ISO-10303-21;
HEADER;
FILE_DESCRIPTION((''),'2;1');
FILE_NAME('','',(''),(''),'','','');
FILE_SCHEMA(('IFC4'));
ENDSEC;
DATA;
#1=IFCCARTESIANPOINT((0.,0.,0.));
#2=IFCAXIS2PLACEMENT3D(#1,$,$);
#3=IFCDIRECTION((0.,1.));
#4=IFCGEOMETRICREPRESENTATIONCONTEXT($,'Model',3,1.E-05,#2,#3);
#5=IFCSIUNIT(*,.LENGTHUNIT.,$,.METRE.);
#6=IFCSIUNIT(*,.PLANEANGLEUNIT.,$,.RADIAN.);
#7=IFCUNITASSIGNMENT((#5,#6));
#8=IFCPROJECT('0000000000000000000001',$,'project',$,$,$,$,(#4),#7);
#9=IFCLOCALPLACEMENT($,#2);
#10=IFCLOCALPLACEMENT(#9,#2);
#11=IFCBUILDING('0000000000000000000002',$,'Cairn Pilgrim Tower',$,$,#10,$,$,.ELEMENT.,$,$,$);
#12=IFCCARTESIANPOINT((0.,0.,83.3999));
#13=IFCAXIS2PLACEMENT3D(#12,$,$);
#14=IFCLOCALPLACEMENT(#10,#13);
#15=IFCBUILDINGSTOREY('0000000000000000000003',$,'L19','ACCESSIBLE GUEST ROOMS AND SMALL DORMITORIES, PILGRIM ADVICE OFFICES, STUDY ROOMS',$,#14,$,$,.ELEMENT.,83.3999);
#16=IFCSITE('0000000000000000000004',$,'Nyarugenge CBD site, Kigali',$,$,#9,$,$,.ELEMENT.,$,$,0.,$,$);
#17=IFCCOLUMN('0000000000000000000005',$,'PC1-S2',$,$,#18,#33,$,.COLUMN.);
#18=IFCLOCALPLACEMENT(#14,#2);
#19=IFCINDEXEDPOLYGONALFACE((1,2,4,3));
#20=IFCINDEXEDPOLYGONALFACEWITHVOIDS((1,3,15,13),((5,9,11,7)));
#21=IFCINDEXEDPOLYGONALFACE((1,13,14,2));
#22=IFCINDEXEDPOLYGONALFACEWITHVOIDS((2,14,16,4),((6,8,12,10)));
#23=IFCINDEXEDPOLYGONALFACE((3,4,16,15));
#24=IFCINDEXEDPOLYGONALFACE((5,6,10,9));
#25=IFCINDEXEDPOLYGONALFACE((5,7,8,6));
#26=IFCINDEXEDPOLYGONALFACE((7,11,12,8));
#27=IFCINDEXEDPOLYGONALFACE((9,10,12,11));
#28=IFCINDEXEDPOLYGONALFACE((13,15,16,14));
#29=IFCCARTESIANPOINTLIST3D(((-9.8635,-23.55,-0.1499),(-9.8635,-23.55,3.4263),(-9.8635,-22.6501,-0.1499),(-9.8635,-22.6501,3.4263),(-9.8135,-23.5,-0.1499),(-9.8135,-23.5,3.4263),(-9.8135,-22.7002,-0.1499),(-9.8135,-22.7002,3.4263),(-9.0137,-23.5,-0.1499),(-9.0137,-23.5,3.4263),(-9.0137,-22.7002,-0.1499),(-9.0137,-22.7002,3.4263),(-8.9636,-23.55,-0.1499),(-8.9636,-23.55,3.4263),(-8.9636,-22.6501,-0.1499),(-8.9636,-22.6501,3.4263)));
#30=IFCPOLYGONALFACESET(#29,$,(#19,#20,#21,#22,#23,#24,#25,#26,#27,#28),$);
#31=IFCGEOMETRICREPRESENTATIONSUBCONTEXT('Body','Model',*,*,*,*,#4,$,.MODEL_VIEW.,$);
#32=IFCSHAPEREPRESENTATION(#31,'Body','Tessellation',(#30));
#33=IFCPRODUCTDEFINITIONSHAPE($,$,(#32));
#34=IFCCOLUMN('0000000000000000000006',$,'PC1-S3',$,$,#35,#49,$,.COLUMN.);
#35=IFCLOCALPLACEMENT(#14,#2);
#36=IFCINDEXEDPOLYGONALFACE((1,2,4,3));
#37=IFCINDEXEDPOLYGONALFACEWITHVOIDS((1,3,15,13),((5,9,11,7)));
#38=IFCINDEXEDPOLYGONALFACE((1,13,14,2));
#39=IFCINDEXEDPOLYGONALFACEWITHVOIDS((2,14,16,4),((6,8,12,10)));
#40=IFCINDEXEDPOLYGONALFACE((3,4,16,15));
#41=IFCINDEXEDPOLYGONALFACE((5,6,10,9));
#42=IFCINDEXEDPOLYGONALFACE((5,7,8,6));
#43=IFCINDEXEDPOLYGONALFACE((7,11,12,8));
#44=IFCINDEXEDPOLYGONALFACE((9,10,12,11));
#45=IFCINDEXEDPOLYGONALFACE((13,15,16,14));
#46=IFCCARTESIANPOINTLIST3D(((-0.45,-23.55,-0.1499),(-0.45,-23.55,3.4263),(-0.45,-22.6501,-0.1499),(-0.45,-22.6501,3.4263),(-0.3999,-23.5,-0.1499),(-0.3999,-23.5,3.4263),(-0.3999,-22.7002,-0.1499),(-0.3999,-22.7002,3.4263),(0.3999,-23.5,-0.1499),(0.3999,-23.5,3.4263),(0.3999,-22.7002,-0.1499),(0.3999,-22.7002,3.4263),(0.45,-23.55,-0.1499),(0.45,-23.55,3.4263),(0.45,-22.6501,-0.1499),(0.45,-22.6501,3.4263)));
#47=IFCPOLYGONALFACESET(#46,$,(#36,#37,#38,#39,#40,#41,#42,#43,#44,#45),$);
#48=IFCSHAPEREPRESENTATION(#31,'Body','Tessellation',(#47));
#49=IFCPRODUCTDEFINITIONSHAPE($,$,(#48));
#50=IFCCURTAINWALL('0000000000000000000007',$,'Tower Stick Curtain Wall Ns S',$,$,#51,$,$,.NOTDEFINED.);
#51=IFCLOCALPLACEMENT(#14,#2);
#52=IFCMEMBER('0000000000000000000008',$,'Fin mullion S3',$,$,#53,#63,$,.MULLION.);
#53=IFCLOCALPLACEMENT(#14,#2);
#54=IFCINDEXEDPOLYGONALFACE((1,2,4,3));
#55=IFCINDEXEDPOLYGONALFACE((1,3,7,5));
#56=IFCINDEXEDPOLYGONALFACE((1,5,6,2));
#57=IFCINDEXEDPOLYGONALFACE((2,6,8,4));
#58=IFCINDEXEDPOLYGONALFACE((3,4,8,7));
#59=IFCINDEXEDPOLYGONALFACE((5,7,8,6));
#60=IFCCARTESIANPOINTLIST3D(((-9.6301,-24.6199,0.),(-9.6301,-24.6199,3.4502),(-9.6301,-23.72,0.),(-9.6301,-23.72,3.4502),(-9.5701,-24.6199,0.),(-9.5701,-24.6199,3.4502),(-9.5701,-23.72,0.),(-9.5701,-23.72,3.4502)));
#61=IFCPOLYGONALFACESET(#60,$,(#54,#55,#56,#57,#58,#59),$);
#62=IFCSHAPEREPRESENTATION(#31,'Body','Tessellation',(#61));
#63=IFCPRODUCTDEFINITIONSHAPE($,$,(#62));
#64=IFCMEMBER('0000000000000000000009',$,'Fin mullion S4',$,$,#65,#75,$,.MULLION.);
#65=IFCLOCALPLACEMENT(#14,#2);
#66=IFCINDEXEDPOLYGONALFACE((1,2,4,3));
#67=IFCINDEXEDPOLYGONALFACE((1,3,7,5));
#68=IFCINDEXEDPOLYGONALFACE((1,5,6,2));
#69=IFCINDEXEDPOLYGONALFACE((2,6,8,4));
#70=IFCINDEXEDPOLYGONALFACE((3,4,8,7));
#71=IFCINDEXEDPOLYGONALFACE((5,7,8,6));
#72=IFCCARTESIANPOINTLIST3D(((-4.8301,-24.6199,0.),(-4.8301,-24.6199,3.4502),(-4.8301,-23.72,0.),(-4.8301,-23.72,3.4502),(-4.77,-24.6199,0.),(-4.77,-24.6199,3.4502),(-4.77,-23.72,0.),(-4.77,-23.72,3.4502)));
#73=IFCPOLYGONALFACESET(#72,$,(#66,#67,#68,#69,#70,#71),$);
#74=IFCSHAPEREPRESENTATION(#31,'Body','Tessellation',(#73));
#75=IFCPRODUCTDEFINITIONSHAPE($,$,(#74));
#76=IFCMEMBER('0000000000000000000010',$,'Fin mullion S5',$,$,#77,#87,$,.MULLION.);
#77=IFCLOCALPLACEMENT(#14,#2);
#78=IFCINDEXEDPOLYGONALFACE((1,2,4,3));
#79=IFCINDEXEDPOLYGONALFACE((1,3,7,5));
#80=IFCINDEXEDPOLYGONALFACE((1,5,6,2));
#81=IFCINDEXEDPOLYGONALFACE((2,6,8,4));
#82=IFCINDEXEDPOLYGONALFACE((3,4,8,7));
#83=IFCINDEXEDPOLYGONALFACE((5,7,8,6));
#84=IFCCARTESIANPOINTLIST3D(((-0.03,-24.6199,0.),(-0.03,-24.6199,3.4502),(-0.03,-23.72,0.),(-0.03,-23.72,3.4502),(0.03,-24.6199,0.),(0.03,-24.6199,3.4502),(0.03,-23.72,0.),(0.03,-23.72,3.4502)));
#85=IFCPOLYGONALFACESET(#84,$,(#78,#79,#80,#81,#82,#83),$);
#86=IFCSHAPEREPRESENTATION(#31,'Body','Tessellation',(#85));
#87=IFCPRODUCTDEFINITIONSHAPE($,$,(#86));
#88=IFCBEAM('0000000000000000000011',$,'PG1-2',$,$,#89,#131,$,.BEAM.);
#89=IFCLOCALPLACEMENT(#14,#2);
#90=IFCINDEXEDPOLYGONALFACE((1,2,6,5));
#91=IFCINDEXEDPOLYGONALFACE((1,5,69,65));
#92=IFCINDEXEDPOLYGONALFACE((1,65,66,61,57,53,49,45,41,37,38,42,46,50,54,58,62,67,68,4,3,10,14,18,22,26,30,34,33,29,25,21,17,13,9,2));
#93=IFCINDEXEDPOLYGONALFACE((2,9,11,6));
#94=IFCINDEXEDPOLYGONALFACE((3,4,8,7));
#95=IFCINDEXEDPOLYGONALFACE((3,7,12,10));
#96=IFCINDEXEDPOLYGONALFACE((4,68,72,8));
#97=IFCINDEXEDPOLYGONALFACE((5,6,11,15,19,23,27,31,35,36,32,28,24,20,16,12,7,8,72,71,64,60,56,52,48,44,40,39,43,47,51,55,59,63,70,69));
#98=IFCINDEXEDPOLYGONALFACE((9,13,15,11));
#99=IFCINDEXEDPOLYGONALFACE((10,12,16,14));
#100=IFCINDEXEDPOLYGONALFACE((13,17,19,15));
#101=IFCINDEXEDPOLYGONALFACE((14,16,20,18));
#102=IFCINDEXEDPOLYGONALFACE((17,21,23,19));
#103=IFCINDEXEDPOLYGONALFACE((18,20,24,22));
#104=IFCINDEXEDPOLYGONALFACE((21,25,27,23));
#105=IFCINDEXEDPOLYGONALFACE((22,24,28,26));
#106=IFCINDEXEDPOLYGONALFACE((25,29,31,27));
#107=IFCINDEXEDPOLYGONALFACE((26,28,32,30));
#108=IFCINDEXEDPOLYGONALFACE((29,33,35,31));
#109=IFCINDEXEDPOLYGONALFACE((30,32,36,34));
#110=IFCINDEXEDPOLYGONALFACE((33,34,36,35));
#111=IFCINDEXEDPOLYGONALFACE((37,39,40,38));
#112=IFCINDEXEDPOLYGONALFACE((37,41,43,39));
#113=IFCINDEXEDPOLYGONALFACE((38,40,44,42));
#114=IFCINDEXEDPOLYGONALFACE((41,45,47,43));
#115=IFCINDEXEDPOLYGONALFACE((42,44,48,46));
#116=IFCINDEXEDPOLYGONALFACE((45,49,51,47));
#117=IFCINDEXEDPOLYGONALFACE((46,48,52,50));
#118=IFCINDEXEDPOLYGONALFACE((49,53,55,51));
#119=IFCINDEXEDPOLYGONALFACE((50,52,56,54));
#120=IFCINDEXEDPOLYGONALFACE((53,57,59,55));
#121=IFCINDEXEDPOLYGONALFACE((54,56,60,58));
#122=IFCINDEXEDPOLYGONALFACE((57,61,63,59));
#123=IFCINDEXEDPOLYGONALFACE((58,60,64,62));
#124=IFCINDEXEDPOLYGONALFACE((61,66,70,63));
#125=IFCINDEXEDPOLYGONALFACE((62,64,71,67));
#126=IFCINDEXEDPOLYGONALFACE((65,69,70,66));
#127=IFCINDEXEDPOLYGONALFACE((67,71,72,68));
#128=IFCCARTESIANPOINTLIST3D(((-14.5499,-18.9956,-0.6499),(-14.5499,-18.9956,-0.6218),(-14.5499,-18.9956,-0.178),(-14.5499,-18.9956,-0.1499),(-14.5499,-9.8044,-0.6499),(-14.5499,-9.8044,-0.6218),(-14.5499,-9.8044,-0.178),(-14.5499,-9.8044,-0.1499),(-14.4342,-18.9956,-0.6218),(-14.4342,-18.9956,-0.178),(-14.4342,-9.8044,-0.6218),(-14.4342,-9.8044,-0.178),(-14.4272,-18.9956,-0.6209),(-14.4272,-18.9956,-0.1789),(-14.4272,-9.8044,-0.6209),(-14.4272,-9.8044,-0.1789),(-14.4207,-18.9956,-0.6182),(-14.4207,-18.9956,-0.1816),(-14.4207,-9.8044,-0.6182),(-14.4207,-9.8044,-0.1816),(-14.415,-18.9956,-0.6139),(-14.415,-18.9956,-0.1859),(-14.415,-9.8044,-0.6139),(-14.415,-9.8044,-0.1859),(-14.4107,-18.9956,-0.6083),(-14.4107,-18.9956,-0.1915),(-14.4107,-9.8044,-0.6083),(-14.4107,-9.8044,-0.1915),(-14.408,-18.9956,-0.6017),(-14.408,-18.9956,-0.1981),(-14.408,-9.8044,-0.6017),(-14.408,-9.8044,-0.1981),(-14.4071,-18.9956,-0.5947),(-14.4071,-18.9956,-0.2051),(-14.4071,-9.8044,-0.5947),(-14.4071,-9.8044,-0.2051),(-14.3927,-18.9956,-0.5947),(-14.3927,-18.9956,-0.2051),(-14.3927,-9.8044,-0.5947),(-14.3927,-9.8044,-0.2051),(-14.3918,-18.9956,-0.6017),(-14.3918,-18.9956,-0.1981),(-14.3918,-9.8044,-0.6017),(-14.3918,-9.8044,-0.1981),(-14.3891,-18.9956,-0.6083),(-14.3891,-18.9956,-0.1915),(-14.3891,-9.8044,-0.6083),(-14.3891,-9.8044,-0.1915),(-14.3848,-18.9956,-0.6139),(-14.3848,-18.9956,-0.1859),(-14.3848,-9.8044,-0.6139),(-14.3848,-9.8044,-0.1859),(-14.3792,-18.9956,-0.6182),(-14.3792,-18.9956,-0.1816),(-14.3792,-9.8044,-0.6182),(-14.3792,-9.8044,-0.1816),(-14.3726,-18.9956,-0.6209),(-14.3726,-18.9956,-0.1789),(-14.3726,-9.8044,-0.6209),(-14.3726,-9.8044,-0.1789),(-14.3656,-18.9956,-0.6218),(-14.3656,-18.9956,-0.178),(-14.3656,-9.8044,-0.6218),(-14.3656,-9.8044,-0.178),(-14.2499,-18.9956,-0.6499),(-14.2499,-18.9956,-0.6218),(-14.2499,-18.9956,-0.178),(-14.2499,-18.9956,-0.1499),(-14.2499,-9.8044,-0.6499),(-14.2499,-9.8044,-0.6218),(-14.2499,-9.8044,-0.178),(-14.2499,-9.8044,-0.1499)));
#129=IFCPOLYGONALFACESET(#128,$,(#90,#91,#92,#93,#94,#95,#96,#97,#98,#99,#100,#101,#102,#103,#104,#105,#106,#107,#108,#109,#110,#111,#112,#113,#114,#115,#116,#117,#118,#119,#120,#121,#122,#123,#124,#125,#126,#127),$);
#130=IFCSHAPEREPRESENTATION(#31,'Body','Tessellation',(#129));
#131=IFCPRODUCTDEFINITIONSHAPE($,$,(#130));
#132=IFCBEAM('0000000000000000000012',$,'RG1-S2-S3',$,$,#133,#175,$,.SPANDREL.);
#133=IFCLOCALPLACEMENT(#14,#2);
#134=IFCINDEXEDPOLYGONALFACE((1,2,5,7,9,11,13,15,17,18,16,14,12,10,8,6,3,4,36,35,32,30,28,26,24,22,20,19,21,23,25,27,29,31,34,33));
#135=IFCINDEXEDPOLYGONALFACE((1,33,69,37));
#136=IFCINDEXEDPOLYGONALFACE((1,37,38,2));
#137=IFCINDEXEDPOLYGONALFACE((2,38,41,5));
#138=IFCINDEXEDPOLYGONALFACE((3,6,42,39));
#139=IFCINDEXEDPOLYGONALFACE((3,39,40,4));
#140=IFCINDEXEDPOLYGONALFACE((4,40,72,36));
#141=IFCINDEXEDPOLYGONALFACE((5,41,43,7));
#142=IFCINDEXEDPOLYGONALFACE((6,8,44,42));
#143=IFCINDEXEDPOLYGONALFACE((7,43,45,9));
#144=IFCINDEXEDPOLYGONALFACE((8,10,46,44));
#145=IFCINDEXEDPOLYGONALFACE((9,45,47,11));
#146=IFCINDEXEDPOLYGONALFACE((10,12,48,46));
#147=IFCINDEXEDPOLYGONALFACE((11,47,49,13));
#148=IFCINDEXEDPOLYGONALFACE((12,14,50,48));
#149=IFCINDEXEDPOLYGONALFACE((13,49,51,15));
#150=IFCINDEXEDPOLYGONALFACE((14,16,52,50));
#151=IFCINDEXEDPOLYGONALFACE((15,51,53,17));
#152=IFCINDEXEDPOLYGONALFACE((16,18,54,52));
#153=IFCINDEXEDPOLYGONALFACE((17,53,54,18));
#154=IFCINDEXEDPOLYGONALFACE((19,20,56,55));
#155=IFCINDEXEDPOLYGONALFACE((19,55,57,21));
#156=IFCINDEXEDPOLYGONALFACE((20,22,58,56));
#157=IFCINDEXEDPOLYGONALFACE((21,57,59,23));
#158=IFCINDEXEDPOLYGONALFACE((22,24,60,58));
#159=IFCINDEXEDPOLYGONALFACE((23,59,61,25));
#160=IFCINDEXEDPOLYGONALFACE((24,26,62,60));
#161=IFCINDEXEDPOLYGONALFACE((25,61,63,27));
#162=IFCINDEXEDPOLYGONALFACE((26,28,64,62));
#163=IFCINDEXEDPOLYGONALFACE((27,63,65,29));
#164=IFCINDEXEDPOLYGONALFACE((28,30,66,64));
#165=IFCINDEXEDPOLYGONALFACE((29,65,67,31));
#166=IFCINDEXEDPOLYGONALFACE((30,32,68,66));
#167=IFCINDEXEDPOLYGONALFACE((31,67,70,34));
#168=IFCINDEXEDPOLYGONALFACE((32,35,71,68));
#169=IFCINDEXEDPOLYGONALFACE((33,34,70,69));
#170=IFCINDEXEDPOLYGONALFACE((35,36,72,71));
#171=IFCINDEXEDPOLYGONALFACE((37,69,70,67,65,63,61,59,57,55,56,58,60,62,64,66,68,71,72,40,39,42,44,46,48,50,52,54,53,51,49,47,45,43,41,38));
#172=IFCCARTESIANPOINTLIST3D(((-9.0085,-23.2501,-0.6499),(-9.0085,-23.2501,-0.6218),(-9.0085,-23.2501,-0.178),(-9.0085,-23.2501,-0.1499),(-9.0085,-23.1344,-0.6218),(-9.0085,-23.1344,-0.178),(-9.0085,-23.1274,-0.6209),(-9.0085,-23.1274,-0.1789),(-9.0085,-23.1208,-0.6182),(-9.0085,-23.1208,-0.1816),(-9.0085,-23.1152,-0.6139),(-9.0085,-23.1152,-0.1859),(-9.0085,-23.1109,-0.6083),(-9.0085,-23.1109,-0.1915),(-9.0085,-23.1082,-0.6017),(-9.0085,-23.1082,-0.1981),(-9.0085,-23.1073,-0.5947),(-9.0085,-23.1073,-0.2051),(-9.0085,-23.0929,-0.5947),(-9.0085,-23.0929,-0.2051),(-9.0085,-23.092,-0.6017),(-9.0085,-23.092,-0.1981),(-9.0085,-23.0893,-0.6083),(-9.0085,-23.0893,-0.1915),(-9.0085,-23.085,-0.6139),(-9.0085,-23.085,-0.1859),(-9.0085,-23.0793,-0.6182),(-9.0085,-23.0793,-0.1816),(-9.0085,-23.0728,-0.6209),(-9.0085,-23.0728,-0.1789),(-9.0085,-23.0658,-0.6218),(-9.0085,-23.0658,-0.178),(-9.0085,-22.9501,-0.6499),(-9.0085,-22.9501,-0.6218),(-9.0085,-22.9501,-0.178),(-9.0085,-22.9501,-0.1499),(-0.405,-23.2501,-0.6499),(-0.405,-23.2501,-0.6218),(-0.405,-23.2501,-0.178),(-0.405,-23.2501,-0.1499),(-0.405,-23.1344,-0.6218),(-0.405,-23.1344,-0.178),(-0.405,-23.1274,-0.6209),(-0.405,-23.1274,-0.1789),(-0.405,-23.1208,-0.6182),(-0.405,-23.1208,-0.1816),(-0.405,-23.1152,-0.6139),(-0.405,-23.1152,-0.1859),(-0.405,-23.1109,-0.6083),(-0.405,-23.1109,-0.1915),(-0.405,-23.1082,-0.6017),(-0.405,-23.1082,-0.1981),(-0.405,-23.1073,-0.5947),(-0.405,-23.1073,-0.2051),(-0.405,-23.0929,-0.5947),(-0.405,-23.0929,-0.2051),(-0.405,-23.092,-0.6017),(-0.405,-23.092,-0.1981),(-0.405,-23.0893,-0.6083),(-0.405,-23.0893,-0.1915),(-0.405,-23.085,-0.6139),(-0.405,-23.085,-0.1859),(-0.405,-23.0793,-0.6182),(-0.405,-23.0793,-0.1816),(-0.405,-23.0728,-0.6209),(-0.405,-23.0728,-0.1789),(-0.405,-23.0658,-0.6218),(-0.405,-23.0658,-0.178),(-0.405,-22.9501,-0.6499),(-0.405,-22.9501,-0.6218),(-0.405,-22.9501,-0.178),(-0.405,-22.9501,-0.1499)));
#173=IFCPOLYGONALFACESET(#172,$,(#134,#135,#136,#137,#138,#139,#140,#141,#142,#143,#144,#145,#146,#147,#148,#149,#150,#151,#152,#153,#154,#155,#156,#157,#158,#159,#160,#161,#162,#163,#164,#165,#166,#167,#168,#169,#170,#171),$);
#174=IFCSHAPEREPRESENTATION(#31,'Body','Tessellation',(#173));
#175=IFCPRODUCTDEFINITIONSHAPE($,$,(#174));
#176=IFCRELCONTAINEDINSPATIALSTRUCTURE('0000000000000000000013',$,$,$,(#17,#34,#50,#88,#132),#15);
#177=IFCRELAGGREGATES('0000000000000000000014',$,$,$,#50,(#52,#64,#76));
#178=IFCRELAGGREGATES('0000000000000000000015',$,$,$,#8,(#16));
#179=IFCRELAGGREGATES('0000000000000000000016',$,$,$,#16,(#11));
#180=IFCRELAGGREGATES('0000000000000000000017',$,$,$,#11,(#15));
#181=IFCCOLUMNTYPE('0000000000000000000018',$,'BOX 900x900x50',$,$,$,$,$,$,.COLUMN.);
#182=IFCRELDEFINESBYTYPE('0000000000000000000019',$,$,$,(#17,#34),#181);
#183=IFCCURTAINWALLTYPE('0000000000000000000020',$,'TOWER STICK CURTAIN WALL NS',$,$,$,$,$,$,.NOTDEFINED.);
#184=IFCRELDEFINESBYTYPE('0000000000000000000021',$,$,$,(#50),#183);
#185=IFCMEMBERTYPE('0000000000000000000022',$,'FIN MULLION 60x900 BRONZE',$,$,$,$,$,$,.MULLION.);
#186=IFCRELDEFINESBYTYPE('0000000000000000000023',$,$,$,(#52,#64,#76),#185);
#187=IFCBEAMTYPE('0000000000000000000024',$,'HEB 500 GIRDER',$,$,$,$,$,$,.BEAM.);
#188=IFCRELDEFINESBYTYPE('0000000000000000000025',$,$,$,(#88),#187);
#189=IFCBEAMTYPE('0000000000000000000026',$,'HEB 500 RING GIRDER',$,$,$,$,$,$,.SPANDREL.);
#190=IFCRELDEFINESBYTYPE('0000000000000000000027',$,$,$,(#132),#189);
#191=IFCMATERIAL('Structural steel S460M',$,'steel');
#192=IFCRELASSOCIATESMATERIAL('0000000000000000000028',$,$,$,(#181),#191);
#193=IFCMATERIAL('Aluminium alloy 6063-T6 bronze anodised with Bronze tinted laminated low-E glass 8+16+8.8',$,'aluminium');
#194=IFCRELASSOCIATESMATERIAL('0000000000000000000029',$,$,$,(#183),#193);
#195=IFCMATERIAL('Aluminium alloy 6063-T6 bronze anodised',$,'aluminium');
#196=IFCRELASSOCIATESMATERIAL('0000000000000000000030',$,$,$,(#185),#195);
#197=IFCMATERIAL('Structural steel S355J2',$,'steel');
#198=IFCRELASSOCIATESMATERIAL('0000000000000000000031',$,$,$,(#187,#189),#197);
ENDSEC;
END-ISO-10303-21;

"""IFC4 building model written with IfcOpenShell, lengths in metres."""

from ifc_helpers import new_model, si_unit, direction, frame, origin, origin_2d, place, context, subcontext, project, spatial, rectangle, hollow_rectangle, i_section, extrude, clip, halfspace, material, material_profile, profile_set, type_object, element, aggregate, save


model = new_model("IFC4")

# Units and contexts
model_context = context("Model", 3, precision=1e-05, world=origin(), true_north=direction((0.0, 1.0)))
body_context = subcontext(model_context, "Body", "Model", "MODEL_VIEW")
ifc_project = project(units=[si_unit("LENGTHUNIT", "METRE"), si_unit("PLANEANGLEUNIT", "RADIAN")], contexts=[model_context])

# Site, building, storey
site_placement = place(None, origin())
site = spatial("IfcSite", under=ifc_project, at=site_placement, Name="Nyarugenge CBD site, Kigali", CompositionType="ELEMENT", RefElevation=0.0)
building_placement = place(site_placement, origin())
building = spatial("IfcBuilding", under=site, at=building_placement, Name="Cairn Pilgrim Tower", CompositionType="ELEMENT")
storey_placement = place(building_placement, frame((0.0, 0.0, 83.3999)))
storey = spatial("IfcBuildingStorey", under=building, at=storey_placement, Name="L19", Description="ACCESSIBLE GUEST ROOMS AND SMALL DORMITORIES, PILGRIM ADVICE OFFICES, STUDY ROOMS", CompositionType="ELEMENT", Elevation=83.3999)

# Columns
ifc_material_1 = material(Name="Structural steel S460M", Category="steel")
ifc_material_profile_1 = material_profile(ifc_material_1, hollow_rectangle(XDim=0.8999, YDim=0.8999, WallThickness=0.05, at=origin_2d()), Name="BOX 900x900x50")
ifc_profile_set_1 = profile_set([ifc_material_profile_1], Name="Structural steel S460M")
column_type = type_object("IfcColumnType", Name="BOX 900x900x50", PredefinedType="COLUMN", material=ifc_profile_set_1)
for number, where, z_axis, x_axis, name in (
    (1, (-9.4136, -23.1001, -0.1499), (0.0, 0.0, 1.0), (1.0, 0.0, 0.0), "PC1-S2"),
    (2, (0.0, -23.1001, -0.1499), (0.0, 0.0, 1.0), (1.0, 0.0, 0.0), "PC1-S3"),
):
    element("IfcColumn", number, at=place(storey_placement, frame(where, z_axis=z_axis, x_axis=x_axis)), inside=storey, type_object=column_type, Name=name, PredefinedType="COLUMN", context=body_context, shape_type="Clipping", body=[
        clip(extrude(hollow_rectangle(XDim=0.8999, YDim=0.8999, WallThickness=0.05, at=origin_2d()), origin(), (0.0, 0.0, 1.0), 3.6001), halfspace(frame((0.0, 0.0, 3.5762), z_axis=(0.0, 0.0, 1.0), x_axis=(1.0, 0.0, 0.0)), False)),
    ])

# Curtain wall, members
ifc_material_2 = material(Name="Aluminium alloy 6063-T6 bronze anodised with Bronze tinted laminated low-E glass 8+16+8.8", Category="aluminium")
curtain_wall_type = type_object("IfcCurtainWallType", Name="TOWER STICK CURTAIN WALL NS", PredefinedType="NOTDEFINED", material=ifc_material_2)
curtain_wall_placement = place(storey_placement, origin())
curtain_wall = element("IfcCurtainWall", 3, at=curtain_wall_placement, inside=storey, type_object=curtain_wall_type, Name="Tower Stick Curtain Wall Ns S", PredefinedType="NOTDEFINED")
ifc_material_3 = material(Name="Aluminium alloy 6063-T6 bronze anodised", Category="aluminium")
ifc_material_profile_2 = material_profile(ifc_material_3, rectangle(XDim=0.8999, YDim=0.0601, at=origin_2d()), Name="FIN MULLION 60x900 BRONZE")
ifc_profile_set_2 = profile_set([ifc_material_profile_2], Name="Aluminium alloy 6063-T6 bronze anodised")
member_type_1 = type_object("IfcMemberType", Name="FIN MULLION 60x900 BRONZE", PredefinedType="MULLION", material=ifc_profile_set_2)
member_1_placement = place(storey_placement, frame((-9.6001, -24.1699, 0.0), z_axis=(0.0, 0.0, 1.0), x_axis=(0.0, -1.0, 0.0)))
member_1 = element("IfcMember", 4, at=member_1_placement, type_object=member_type_1, Name="Fin mullion S3", PredefinedType="MULLION", context=body_context, shape_type="SweptSolid", body=[
    extrude(rectangle(XDim=0.8999, YDim=0.0601, at=origin_2d()), origin(), (0.0, 0.0, 1.0), 3.4502),
])
member_2_placement = place(storey_placement, frame((-4.8, -24.1699, 0.0), z_axis=(0.0, 0.0, 1.0), x_axis=(0.0, -1.0, 0.0)))
member_2 = element("IfcMember", 5, at=member_2_placement, type_object=member_type_1, Name="Fin mullion S4", PredefinedType="MULLION", context=body_context, shape_type="SweptSolid", body=[
    extrude(rectangle(XDim=0.8999, YDim=0.0601, at=origin_2d()), origin(), (0.0, 0.0, 1.0), 3.4502),
])
member_3_placement = place(storey_placement, frame((0.0, -24.1699, 0.0), z_axis=(0.0, 0.0, 1.0), x_axis=(0.0, -1.0, 0.0)))
member_3 = element("IfcMember", 6, at=member_3_placement, type_object=member_type_1, Name="Fin mullion S5", PredefinedType="MULLION", context=body_context, shape_type="SweptSolid", body=[
    extrude(rectangle(XDim=0.8999, YDim=0.0601, at=origin_2d()), origin(), (0.0, 0.0, 1.0), 3.4502),
])

# Beams
ifc_material_4 = material(Name="Structural steel S355J2", Category="steel")
ifc_material_profile_3 = material_profile(ifc_material_4, i_section(OverallWidth=0.3, OverallDepth=0.5, WebThickness=0.0144, FlangeThickness=0.0281, FilletRadius=0.0271, at=origin_2d()), Name="HEB 500")
ifc_profile_set_3 = profile_set([ifc_material_profile_3], Name="Structural steel S355J2")
beam_type_1 = type_object("IfcBeamType", Name="HEB 500 GIRDER", PredefinedType="BEAM", material=ifc_profile_set_3)
beam_1_placement = place(storey_placement, frame((-14.3999, -18.9956, -0.3999), z_axis=(0.0, 1.0, 0.0), x_axis=(-1.0, 0.0, 0.0)))
element("IfcBeam", 7, at=beam_1_placement, inside=storey, type_object=beam_type_1, Name="PG1-2", PredefinedType="BEAM", context=body_context, shape_type="SweptSolid", body=[
    extrude(i_section(OverallWidth=0.3, OverallDepth=0.5, WebThickness=0.0144, FlangeThickness=0.0281, FilletRadius=0.0271, at=origin_2d()), origin(), (0.0, 0.0, 1.0), 9.1912),
])
ifc_material_profile_4 = material_profile(ifc_material_4, i_section(OverallWidth=0.3, OverallDepth=0.5, WebThickness=0.0144, FlangeThickness=0.0281, FilletRadius=0.0271, at=origin_2d()), Name="HEB 500")
ifc_profile_set_4 = profile_set([ifc_material_profile_4], Name="Structural steel S355J2")
beam_type_2 = type_object("IfcBeamType", Name="HEB 500 RING GIRDER", PredefinedType="SPANDREL", material=ifc_profile_set_4)
for number, where, z_axis, x_axis, name in (
    (8, (-9.0085, -23.1001, -0.3999), (1.0, 0.0, 0.0), (0.0, 1.0, 0.0), "RG1-S2-S3"),
):
    element("IfcBeam", number, at=place(storey_placement, frame(where, z_axis=z_axis, x_axis=x_axis)), inside=storey, type_object=beam_type_2, Name=name, PredefinedType="SPANDREL", context=body_context, shape_type="SweptSolid", body=[
        extrude(i_section(OverallWidth=0.3, OverallDepth=0.5, WebThickness=0.0144, FlangeThickness=0.0281, FilletRadius=0.0271, at=origin_2d()), origin(), (0.0, 0.0, 1.0), 8.6035),
    ])

aggregate(curtain_wall, [member_1, member_2, member_3])

save(model, "model.ifc")
